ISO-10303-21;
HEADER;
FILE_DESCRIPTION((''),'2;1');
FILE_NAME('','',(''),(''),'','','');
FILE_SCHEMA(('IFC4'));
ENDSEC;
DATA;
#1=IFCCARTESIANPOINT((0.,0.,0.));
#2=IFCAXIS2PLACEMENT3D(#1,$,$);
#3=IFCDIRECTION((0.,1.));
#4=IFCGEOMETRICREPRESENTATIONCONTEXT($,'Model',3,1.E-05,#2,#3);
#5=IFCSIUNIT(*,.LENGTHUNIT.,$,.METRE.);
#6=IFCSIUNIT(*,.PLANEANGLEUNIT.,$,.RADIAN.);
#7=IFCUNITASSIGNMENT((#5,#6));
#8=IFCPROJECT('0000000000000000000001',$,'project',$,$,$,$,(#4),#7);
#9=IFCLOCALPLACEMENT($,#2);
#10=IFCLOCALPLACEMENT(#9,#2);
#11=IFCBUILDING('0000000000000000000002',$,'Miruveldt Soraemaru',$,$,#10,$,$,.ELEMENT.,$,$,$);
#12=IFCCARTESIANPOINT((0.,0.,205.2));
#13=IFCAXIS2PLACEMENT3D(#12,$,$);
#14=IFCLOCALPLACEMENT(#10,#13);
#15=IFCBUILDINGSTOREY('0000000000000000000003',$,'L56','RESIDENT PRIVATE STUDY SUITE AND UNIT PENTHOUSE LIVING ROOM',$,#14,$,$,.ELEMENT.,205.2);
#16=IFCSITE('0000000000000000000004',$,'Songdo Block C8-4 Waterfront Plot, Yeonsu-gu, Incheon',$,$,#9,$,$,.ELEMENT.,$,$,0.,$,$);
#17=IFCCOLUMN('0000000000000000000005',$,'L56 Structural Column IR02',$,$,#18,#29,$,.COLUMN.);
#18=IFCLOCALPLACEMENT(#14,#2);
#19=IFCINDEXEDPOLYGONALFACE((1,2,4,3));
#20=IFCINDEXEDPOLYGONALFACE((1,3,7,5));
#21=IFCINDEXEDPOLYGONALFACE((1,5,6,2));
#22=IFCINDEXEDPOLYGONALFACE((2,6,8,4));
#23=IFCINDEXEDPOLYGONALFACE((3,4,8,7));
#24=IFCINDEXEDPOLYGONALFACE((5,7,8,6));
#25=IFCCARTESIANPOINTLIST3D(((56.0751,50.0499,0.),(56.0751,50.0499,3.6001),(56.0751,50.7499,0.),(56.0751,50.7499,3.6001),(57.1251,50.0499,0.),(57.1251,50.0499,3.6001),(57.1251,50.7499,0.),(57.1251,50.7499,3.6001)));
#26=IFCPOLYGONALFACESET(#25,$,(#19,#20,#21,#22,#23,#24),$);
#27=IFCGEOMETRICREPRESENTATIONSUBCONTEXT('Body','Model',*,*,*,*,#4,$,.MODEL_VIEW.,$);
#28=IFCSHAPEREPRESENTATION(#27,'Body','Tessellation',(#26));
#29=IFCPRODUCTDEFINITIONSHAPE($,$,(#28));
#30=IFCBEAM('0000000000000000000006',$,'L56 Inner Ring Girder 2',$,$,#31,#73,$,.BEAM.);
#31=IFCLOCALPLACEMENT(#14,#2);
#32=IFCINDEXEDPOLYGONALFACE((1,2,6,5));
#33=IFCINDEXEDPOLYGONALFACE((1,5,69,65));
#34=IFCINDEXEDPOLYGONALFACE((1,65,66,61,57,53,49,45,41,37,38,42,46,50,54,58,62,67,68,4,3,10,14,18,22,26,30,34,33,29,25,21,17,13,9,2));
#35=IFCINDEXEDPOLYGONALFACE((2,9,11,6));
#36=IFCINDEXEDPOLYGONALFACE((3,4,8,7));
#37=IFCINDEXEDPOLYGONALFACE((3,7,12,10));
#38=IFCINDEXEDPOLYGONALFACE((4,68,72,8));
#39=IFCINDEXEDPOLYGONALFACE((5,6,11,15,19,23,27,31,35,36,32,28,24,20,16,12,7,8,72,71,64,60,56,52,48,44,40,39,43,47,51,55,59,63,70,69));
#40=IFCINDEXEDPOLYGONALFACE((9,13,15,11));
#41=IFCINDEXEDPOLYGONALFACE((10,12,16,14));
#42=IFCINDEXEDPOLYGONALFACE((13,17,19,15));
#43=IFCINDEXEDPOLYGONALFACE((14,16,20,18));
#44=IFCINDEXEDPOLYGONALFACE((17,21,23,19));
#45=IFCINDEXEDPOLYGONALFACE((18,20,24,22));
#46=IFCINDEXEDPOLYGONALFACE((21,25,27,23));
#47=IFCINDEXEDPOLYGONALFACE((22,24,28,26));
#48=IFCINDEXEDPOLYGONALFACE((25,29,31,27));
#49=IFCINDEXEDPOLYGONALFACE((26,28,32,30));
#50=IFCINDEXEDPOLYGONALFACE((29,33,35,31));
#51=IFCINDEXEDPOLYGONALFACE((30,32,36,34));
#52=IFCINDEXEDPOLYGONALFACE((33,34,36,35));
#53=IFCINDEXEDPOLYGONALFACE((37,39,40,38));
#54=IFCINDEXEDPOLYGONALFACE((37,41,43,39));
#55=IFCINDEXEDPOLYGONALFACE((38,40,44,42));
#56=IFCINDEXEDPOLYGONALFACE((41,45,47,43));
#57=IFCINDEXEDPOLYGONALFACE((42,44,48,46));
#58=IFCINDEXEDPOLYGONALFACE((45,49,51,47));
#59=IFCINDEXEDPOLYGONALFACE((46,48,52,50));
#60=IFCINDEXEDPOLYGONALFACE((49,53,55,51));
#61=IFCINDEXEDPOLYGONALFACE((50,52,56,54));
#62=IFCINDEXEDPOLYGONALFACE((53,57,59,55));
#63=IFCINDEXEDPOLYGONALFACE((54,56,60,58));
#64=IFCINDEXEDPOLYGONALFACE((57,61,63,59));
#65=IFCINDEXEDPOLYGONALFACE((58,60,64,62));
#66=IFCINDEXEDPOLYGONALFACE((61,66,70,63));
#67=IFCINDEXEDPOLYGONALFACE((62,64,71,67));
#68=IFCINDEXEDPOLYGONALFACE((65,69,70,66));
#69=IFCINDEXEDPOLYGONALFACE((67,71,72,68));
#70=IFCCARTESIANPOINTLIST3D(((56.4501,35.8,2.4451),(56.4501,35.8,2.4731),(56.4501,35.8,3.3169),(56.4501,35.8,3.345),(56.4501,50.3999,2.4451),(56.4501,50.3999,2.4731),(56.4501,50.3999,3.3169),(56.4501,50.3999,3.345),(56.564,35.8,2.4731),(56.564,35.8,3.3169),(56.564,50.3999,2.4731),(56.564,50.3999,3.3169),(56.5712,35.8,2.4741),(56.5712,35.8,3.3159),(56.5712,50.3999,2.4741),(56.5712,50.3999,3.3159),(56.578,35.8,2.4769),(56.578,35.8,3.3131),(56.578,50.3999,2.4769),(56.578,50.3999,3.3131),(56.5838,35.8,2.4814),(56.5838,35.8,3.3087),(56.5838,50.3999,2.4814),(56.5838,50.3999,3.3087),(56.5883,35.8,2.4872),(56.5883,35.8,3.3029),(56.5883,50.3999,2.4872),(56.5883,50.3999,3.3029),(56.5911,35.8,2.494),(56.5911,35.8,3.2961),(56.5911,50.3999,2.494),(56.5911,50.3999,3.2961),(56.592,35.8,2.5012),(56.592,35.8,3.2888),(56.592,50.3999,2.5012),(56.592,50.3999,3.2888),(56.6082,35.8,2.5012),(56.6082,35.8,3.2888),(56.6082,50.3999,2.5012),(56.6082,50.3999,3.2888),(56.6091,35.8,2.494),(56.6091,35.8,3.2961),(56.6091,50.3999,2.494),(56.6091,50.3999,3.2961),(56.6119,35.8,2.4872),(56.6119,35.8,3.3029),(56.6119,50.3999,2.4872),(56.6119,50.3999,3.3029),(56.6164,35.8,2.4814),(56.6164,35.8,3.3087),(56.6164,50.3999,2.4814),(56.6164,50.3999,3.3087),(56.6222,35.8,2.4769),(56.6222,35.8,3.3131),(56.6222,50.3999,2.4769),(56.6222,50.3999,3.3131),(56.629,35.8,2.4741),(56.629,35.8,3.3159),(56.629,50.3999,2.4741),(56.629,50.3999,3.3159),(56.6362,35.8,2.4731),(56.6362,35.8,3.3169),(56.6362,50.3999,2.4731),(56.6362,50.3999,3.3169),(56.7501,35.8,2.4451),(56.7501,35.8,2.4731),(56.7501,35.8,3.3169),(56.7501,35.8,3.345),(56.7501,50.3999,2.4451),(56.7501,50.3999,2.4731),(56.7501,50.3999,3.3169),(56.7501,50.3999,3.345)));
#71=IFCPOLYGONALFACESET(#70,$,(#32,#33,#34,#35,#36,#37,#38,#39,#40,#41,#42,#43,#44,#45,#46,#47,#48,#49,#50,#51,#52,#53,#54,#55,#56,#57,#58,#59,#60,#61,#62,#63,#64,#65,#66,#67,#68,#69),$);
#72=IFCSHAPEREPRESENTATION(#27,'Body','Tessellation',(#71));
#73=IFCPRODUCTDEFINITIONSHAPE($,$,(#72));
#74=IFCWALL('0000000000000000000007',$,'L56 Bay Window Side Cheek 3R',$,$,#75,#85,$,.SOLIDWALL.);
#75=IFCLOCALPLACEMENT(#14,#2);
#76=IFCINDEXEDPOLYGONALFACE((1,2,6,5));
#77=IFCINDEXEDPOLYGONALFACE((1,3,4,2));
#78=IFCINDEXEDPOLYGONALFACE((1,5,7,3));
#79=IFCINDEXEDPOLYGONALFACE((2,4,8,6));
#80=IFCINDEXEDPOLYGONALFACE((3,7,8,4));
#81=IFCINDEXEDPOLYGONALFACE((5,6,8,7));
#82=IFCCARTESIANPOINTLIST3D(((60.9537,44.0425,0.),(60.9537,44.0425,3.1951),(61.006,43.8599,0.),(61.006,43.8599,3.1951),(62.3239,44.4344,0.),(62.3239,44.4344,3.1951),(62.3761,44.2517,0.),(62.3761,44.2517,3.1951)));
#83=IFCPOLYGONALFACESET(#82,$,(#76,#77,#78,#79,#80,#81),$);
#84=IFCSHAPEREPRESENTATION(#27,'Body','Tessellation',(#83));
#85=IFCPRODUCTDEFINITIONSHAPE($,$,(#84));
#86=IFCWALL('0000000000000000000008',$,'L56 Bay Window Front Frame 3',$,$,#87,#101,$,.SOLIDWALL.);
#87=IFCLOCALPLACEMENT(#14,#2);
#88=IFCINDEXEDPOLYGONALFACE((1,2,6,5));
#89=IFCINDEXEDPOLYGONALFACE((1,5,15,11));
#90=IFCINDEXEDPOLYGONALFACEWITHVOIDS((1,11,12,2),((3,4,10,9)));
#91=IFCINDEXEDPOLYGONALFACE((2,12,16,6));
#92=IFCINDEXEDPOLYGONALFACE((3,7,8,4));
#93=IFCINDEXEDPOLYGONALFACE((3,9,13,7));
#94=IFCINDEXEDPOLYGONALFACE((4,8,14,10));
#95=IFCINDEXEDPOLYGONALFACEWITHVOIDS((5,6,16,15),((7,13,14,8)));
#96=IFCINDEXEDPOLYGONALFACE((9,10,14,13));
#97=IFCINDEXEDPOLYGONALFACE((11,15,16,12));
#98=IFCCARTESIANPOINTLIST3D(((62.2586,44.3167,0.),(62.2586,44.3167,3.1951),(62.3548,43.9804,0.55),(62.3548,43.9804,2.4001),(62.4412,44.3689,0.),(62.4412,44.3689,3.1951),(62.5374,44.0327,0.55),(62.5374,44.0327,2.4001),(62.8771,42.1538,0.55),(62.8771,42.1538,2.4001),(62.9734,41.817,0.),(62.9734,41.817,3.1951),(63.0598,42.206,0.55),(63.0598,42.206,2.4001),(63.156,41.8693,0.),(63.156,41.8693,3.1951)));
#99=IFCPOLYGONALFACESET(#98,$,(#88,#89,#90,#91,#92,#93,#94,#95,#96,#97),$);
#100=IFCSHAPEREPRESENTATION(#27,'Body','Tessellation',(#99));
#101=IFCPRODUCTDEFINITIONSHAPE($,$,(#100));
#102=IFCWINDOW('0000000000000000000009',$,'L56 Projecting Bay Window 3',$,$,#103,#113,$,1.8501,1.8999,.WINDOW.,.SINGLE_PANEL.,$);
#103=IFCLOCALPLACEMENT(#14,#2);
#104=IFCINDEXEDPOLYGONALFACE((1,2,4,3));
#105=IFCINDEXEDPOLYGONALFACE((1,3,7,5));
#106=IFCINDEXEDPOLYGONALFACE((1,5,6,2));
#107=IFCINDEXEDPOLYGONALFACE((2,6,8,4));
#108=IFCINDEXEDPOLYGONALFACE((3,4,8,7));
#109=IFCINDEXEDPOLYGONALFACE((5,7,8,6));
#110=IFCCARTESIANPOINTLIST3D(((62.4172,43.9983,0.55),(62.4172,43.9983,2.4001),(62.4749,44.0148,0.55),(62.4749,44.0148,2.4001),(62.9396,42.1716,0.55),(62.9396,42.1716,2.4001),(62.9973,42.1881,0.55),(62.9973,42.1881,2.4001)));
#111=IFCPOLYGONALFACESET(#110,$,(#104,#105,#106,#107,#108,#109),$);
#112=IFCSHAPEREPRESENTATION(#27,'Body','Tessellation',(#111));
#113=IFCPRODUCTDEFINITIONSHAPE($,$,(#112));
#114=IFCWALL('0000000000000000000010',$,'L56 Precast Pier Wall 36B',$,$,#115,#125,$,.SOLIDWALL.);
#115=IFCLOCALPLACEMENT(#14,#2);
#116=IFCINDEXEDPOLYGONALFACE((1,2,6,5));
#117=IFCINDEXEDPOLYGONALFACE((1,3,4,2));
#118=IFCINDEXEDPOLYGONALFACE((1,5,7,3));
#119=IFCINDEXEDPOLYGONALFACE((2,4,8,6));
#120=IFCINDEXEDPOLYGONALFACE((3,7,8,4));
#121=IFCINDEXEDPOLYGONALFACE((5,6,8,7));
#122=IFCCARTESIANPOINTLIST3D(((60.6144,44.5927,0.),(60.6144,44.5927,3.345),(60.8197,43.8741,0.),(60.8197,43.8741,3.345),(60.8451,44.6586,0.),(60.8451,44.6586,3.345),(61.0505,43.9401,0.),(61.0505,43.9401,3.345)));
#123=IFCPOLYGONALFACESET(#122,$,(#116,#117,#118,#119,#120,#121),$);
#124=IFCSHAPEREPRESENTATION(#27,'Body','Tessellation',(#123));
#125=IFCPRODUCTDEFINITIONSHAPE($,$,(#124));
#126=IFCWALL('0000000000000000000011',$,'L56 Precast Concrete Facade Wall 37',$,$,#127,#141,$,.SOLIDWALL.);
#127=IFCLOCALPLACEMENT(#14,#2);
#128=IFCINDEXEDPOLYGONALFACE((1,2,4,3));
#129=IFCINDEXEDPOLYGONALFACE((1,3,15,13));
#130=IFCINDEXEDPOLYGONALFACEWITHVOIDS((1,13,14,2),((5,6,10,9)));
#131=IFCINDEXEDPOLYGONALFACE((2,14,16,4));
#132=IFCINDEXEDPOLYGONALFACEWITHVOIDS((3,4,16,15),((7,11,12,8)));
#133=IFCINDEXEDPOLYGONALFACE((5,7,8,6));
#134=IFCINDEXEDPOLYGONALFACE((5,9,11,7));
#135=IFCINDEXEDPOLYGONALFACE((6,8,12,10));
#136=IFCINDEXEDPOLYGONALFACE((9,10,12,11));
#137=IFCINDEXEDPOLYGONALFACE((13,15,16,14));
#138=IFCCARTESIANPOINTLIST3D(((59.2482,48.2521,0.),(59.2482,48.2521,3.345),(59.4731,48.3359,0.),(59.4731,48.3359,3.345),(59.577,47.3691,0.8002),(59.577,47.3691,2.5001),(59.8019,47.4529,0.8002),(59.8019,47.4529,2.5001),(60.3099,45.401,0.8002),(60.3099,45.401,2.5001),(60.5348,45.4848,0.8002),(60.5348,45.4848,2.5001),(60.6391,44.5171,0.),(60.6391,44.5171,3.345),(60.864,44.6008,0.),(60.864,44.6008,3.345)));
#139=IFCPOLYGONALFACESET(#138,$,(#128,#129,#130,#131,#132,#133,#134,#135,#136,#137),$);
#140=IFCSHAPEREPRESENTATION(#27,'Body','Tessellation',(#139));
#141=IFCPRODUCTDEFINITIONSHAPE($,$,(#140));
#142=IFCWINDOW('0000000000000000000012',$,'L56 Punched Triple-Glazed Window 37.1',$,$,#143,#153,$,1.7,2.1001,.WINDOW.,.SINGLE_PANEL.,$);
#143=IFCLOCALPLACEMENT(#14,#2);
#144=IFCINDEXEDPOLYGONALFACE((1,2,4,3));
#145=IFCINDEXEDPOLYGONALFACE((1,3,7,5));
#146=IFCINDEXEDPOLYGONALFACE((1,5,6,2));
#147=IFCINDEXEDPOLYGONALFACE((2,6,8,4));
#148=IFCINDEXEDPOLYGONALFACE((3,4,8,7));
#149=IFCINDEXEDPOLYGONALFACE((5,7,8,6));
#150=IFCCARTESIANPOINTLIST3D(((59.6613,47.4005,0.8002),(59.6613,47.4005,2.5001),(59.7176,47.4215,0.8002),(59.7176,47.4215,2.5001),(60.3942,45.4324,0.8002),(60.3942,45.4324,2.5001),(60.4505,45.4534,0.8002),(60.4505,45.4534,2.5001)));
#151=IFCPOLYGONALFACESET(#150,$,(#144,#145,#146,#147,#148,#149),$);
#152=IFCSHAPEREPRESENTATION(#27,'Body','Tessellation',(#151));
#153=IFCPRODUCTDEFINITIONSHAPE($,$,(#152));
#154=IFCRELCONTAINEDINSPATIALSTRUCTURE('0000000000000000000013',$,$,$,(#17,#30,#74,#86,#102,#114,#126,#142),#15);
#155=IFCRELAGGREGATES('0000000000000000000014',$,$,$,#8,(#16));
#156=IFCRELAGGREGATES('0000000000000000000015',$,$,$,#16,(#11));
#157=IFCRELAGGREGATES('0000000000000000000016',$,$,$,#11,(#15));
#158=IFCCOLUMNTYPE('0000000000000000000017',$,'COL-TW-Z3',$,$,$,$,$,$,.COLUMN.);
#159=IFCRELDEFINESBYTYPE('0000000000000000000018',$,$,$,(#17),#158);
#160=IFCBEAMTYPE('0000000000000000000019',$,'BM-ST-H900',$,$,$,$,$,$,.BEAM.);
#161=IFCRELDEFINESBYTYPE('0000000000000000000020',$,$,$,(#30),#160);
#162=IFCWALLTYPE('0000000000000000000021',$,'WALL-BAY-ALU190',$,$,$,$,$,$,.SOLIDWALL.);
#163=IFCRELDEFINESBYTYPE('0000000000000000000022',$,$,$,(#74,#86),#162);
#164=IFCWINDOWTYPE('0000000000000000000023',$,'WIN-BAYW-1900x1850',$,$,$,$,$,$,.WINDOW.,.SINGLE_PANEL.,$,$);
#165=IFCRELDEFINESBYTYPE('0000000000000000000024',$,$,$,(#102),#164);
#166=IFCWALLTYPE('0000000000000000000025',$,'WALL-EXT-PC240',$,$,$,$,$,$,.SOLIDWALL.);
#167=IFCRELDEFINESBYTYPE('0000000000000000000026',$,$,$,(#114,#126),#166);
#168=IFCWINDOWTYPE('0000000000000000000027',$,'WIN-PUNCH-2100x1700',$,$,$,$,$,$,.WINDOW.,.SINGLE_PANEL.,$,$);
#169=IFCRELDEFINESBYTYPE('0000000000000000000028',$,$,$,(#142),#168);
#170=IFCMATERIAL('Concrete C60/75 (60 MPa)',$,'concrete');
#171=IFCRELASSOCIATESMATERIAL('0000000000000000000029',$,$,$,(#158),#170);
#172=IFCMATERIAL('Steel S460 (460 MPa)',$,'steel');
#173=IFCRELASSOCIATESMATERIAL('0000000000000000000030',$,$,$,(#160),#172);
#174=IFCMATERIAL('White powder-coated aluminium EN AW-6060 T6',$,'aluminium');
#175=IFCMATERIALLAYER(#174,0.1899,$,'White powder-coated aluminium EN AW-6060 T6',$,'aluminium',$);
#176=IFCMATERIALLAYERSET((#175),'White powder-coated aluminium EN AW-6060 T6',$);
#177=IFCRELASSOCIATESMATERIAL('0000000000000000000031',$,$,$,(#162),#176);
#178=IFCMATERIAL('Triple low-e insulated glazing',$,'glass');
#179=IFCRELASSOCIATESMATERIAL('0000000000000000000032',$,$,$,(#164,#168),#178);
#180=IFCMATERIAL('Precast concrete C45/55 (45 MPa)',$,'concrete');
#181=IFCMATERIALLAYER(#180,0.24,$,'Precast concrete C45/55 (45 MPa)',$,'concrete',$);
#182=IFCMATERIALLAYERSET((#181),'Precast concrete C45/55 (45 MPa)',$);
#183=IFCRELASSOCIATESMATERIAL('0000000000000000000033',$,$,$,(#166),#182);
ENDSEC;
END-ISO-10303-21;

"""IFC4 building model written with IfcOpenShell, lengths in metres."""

from ifc_helpers import new_model, si_unit, direction, frame, frame_2d, origin, origin_2d, place, context, subcontext, project, spatial, rectangle, i_section, extrude, material, layer, layer_set, material_profile, profile_set, type_object, element, fill, save


model = new_model("IFC4")

# Units and contexts
model_context = context("Model", 3, precision=1e-05, world=origin(), true_north=direction((0.0, 1.0)))
body_context = subcontext(model_context, "Body", "Model", "MODEL_VIEW")
ifc_project = project(units=[si_unit("LENGTHUNIT", "METRE"), si_unit("PLANEANGLEUNIT", "RADIAN")], contexts=[model_context])

# Site, building, storey
site_placement = place(None, origin())
site = spatial("IfcSite", under=ifc_project, at=site_placement, Name="Songdo Block C8-4 Waterfront Plot, Yeonsu-gu, Incheon", CompositionType="ELEMENT", RefElevation=0.0)
building_placement = place(site_placement, origin())
building = spatial("IfcBuilding", under=site, at=building_placement, Name="Miruveldt Soraemaru", CompositionType="ELEMENT")
storey_placement = place(building_placement, frame((0.0, 0.0, 205.2)))
storey = spatial("IfcBuildingStorey", under=building, at=storey_placement, Name="L56", Description="RESIDENT PRIVATE STUDY SUITE AND UNIT PENTHOUSE LIVING ROOM", CompositionType="ELEMENT", Elevation=205.2)

# Column
ifc_material_1 = material(Name="Concrete C60/75 (60 MPa)", Category="concrete")
ifc_material_profile_1 = material_profile(ifc_material_1, rectangle(XDim=1.05, YDim=0.7, at=origin_2d()), Name="Concrete C60/75 (60 MPa)", Category="concrete")
ifc_profile_set_1 = profile_set([ifc_material_profile_1], Name="Concrete C60/75 (60 MPa)")
column_type = type_object("IfcColumnType", Name="COL-TW-Z3", PredefinedType="COLUMN", material=ifc_profile_set_1)
column_placement = place(storey_placement, frame((56.6001, 50.3999, 0.0), z_axis=(0.0, 0.0, 1.0), x_axis=(1.0, 0.0, 0.0)))
element("IfcColumn", 1, at=column_placement, inside=storey, type_object=column_type, Name="L56 Structural Column IR02", PredefinedType="COLUMN", context=body_context, shape_type="SweptSolid", body=[
    extrude(rectangle(XDim=1.05, YDim=0.7, at=origin_2d()), origin(), (0.0, 0.0, 1.0), 3.6001),
])

# Beam
ifc_material_2 = material(Name="Steel S460 (460 MPa)", Category="steel")
ifc_material_profile_2 = material_profile(ifc_material_2, i_section(OverallWidth=0.3, OverallDepth=0.8999, WebThickness=0.0161, FlangeThickness=0.0281, FilletRadius=0.0281, at=origin_2d()), Name="Steel S460 (460 MPa)", Category="steel")
ifc_profile_set_2 = profile_set([ifc_material_profile_2], Name="Steel S460 (460 MPa)")
beam_type = type_object("IfcBeamType", Name="BM-ST-H900", PredefinedType="BEAM", material=ifc_profile_set_2)
beam_placement = place(storey_placement, frame((56.6001, 50.3999, 2.895), z_axis=(0.0, -1.0, 0.0), x_axis=(1.0, 0.0, 0.0)))
element("IfcBeam", 2, at=beam_placement, inside=storey, type_object=beam_type, Name="L56 Inner Ring Girder 2", PredefinedType="BEAM", context=body_context, shape_type="SweptSolid", body=[
    extrude(i_section(OverallWidth=0.3, OverallDepth=0.8999, WebThickness=0.0161, FlangeThickness=0.0281, FilletRadius=0.0281, at=origin_2d()), origin(), (0.0, 0.0, 1.0), 14.5999),
])

# Wall
ifc_material_3 = material(Name="White powder-coated aluminium EN AW-6060 T6", Category="aluminium")
ifc_layer_1 = layer(ifc_material_3, 0.1899, Name="White powder-coated aluminium EN AW-6060 T6", Category="aluminium")
ifc_layer_set_1 = layer_set([ifc_layer_1], Name="White powder-coated aluminium EN AW-6060 T6")
wall_type_1 = type_object("IfcWallType", Name="WALL-BAY-ALU190", PredefinedType="SOLIDWALL", material=ifc_layer_set_1)
wall_1_placement = place(storey_placement, frame((62.3499, 44.343, 0.0), z_axis=(0.0, 0.0, 1.0), x_axis=(-0.961453, -0.27497, 0.0)))
element("IfcWall", 3, at=wall_1_placement, inside=storey, type_object=wall_type_1, Name="L56 Bay Window Side Cheek 3R", PredefinedType="SOLIDWALL", context=body_context, shape_type="SweptSolid", body=[
    extrude(rectangle(XDim=1.425, YDim=0.1899, at=frame_2d((0.7124, 0.0))), origin(), (0.0, 0.0, 1.0), 3.1951),
])

# Wall, opening, window
wall_2_placement = place(storey_placement, frame((63.0647, 41.8433, 0.0), z_axis=(0.0, 0.0, 1.0), x_axis=(-0.274944, 0.96146, 0.0)))
wall_2 = element("IfcWall", 4, at=wall_2_placement, inside=storey, type_object=wall_type_1, Name="L56 Bay Window Front Frame 3", PredefinedType="SOLIDWALL", context=body_context, shape_type="SweptSolid", body=[
    extrude(rectangle(XDim=2.5999, YDim=0.1899, at=frame_2d((1.2998, 0.0))), origin(), (0.0, 0.0, 1.0), 3.1951),
])
opening_1_placement = place(wall_2_placement, frame((0.3501, 0.0, 0.55)))
opening_1 = element("IfcOpeningElement", 5, at=opening_1_placement, cuts=wall_2, PredefinedType="OPENING", context=body_context, shape_type="SweptSolid", body=[
    extrude(rectangle(XDim=1.8999, YDim=1.8501, at=frame_2d((0.95, 0.925))), frame((0.0, 0.105, 0.0), z_axis=(0.0, -1.0, 0.0), x_axis=(1.0, 0.0, 0.0)), (0.0, 0.0, 1.0), 0.21),
])
ifc_material_4 = material(Name="Triple low-e insulated glazing", Category="glass")
window_type_1 = type_object("IfcWindowType", Name="WIN-BAYW-1900x1850", PartitioningType="SINGLE_PANEL", PredefinedType="WINDOW", material=ifc_material_4)
window_1_placement = place(opening_1_placement, origin())
window_1 = element("IfcWindow", 6, at=window_1_placement, inside=storey, type_object=window_type_1, Name="L56 Projecting Bay Window 3", OverallHeight=1.8501, OverallWidth=1.8999, PartitioningType="SINGLE_PANEL", PredefinedType="WINDOW", context=body_context, shape_type="SweptSolid", body=[
    extrude(rectangle(XDim=1.8999, YDim=1.8501, at=frame_2d((0.95, 0.925))), frame((0.0, 0.03, 0.0), z_axis=(0.0, -1.0, 0.0), x_axis=(1.0, 0.0, 0.0)), (0.0, 0.0, 1.0), 0.0601),
])
fill(opening_1, window_1)

# Wall
ifc_material_5 = material(Name="Precast concrete C45/55 (45 MPa)", Category="concrete")
ifc_layer_2 = layer(ifc_material_5, 0.24, Name="Precast concrete C45/55 (45 MPa)", Category="concrete")
ifc_layer_set_2 = layer_set([ifc_layer_2], Name="Precast concrete C45/55 (45 MPa)")
wall_type_2 = type_object("IfcWallType", Name="WALL-EXT-PC240", PredefinedType="SOLIDWALL", material=ifc_layer_set_2)
wall_3_placement = place(storey_placement, frame((60.9351, 43.9072, 0.0), z_axis=(0.0, 0.0, 1.0), x_axis=(-0.274764, 0.961512, 0.0)))
element("IfcWall", 7, at=wall_3_placement, inside=storey, type_object=wall_type_2, Name="L56 Precast Pier Wall 36B", PredefinedType="SOLIDWALL", context=body_context, shape_type="SweptSolid", body=[
    extrude(rectangle(XDim=0.7473, YDim=0.24, at=frame_2d((0.3735, 0.0))), origin(), (0.0, 0.0, 1.0), 3.345),
])

# Wall, opening, window
wall_4_placement = place(storey_placement, frame((60.7515, 44.5591, 0.0), z_axis=(0.0, 0.0, 1.0), x_axis=(-0.348968, 0.937135, 0.0)))
wall_4 = element("IfcWall", 8, at=wall_4_placement, inside=storey, type_object=wall_type_2, Name="L56 Precast Concrete Facade Wall 37", PredefinedType="SOLIDWALL", context=body_context, shape_type="SweptSolid", body=[
    extrude(rectangle(XDim=3.9856, YDim=0.24, at=frame_2d((1.9927, 0.0))), origin(), (0.0, 0.0, 1.0), 3.345),
])
opening_2_placement = place(wall_4_placement, frame((0.9431, 0.0, 0.8)))
opening_2 = element("IfcOpeningElement", 9, at=opening_2_placement, cuts=wall_4, PredefinedType="OPENING", context=body_context, shape_type="SweptSolid", body=[
    extrude(rectangle(XDim=2.1001, YDim=1.7, at=frame_2d((1.05, 0.8501))), frame((0.0, 0.1299, 0.0), z_axis=(0.0, -1.0, 0.0), x_axis=(1.0, 0.0, 0.0)), (0.0, 0.0, 1.0), 0.26),
])
window_type_2 = type_object("IfcWindowType", Name="WIN-PUNCH-2100x1700", PartitioningType="SINGLE_PANEL", PredefinedType="WINDOW", material=ifc_material_4)
window_2_placement = place(opening_2_placement, origin())
window_2 = element("IfcWindow", 10, at=window_2_placement, inside=storey, type_object=window_type_2, Name="L56 Punched Triple-Glazed Window 37.1", OverallHeight=1.7, OverallWidth=2.1001, PartitioningType="SINGLE_PANEL", PredefinedType="WINDOW", context=body_context, shape_type="SweptSolid", body=[
    extrude(rectangle(XDim=2.1001, YDim=1.7, at=frame_2d((1.05, 0.8501))), frame((0.0, 0.03, 0.0), z_axis=(0.0, -1.0, 0.0), x_axis=(1.0, 0.0, 0.0)), (0.0, 0.0, 1.0), 0.0601),
])
fill(opening_2, window_2)

save(model, "model.ifc")
